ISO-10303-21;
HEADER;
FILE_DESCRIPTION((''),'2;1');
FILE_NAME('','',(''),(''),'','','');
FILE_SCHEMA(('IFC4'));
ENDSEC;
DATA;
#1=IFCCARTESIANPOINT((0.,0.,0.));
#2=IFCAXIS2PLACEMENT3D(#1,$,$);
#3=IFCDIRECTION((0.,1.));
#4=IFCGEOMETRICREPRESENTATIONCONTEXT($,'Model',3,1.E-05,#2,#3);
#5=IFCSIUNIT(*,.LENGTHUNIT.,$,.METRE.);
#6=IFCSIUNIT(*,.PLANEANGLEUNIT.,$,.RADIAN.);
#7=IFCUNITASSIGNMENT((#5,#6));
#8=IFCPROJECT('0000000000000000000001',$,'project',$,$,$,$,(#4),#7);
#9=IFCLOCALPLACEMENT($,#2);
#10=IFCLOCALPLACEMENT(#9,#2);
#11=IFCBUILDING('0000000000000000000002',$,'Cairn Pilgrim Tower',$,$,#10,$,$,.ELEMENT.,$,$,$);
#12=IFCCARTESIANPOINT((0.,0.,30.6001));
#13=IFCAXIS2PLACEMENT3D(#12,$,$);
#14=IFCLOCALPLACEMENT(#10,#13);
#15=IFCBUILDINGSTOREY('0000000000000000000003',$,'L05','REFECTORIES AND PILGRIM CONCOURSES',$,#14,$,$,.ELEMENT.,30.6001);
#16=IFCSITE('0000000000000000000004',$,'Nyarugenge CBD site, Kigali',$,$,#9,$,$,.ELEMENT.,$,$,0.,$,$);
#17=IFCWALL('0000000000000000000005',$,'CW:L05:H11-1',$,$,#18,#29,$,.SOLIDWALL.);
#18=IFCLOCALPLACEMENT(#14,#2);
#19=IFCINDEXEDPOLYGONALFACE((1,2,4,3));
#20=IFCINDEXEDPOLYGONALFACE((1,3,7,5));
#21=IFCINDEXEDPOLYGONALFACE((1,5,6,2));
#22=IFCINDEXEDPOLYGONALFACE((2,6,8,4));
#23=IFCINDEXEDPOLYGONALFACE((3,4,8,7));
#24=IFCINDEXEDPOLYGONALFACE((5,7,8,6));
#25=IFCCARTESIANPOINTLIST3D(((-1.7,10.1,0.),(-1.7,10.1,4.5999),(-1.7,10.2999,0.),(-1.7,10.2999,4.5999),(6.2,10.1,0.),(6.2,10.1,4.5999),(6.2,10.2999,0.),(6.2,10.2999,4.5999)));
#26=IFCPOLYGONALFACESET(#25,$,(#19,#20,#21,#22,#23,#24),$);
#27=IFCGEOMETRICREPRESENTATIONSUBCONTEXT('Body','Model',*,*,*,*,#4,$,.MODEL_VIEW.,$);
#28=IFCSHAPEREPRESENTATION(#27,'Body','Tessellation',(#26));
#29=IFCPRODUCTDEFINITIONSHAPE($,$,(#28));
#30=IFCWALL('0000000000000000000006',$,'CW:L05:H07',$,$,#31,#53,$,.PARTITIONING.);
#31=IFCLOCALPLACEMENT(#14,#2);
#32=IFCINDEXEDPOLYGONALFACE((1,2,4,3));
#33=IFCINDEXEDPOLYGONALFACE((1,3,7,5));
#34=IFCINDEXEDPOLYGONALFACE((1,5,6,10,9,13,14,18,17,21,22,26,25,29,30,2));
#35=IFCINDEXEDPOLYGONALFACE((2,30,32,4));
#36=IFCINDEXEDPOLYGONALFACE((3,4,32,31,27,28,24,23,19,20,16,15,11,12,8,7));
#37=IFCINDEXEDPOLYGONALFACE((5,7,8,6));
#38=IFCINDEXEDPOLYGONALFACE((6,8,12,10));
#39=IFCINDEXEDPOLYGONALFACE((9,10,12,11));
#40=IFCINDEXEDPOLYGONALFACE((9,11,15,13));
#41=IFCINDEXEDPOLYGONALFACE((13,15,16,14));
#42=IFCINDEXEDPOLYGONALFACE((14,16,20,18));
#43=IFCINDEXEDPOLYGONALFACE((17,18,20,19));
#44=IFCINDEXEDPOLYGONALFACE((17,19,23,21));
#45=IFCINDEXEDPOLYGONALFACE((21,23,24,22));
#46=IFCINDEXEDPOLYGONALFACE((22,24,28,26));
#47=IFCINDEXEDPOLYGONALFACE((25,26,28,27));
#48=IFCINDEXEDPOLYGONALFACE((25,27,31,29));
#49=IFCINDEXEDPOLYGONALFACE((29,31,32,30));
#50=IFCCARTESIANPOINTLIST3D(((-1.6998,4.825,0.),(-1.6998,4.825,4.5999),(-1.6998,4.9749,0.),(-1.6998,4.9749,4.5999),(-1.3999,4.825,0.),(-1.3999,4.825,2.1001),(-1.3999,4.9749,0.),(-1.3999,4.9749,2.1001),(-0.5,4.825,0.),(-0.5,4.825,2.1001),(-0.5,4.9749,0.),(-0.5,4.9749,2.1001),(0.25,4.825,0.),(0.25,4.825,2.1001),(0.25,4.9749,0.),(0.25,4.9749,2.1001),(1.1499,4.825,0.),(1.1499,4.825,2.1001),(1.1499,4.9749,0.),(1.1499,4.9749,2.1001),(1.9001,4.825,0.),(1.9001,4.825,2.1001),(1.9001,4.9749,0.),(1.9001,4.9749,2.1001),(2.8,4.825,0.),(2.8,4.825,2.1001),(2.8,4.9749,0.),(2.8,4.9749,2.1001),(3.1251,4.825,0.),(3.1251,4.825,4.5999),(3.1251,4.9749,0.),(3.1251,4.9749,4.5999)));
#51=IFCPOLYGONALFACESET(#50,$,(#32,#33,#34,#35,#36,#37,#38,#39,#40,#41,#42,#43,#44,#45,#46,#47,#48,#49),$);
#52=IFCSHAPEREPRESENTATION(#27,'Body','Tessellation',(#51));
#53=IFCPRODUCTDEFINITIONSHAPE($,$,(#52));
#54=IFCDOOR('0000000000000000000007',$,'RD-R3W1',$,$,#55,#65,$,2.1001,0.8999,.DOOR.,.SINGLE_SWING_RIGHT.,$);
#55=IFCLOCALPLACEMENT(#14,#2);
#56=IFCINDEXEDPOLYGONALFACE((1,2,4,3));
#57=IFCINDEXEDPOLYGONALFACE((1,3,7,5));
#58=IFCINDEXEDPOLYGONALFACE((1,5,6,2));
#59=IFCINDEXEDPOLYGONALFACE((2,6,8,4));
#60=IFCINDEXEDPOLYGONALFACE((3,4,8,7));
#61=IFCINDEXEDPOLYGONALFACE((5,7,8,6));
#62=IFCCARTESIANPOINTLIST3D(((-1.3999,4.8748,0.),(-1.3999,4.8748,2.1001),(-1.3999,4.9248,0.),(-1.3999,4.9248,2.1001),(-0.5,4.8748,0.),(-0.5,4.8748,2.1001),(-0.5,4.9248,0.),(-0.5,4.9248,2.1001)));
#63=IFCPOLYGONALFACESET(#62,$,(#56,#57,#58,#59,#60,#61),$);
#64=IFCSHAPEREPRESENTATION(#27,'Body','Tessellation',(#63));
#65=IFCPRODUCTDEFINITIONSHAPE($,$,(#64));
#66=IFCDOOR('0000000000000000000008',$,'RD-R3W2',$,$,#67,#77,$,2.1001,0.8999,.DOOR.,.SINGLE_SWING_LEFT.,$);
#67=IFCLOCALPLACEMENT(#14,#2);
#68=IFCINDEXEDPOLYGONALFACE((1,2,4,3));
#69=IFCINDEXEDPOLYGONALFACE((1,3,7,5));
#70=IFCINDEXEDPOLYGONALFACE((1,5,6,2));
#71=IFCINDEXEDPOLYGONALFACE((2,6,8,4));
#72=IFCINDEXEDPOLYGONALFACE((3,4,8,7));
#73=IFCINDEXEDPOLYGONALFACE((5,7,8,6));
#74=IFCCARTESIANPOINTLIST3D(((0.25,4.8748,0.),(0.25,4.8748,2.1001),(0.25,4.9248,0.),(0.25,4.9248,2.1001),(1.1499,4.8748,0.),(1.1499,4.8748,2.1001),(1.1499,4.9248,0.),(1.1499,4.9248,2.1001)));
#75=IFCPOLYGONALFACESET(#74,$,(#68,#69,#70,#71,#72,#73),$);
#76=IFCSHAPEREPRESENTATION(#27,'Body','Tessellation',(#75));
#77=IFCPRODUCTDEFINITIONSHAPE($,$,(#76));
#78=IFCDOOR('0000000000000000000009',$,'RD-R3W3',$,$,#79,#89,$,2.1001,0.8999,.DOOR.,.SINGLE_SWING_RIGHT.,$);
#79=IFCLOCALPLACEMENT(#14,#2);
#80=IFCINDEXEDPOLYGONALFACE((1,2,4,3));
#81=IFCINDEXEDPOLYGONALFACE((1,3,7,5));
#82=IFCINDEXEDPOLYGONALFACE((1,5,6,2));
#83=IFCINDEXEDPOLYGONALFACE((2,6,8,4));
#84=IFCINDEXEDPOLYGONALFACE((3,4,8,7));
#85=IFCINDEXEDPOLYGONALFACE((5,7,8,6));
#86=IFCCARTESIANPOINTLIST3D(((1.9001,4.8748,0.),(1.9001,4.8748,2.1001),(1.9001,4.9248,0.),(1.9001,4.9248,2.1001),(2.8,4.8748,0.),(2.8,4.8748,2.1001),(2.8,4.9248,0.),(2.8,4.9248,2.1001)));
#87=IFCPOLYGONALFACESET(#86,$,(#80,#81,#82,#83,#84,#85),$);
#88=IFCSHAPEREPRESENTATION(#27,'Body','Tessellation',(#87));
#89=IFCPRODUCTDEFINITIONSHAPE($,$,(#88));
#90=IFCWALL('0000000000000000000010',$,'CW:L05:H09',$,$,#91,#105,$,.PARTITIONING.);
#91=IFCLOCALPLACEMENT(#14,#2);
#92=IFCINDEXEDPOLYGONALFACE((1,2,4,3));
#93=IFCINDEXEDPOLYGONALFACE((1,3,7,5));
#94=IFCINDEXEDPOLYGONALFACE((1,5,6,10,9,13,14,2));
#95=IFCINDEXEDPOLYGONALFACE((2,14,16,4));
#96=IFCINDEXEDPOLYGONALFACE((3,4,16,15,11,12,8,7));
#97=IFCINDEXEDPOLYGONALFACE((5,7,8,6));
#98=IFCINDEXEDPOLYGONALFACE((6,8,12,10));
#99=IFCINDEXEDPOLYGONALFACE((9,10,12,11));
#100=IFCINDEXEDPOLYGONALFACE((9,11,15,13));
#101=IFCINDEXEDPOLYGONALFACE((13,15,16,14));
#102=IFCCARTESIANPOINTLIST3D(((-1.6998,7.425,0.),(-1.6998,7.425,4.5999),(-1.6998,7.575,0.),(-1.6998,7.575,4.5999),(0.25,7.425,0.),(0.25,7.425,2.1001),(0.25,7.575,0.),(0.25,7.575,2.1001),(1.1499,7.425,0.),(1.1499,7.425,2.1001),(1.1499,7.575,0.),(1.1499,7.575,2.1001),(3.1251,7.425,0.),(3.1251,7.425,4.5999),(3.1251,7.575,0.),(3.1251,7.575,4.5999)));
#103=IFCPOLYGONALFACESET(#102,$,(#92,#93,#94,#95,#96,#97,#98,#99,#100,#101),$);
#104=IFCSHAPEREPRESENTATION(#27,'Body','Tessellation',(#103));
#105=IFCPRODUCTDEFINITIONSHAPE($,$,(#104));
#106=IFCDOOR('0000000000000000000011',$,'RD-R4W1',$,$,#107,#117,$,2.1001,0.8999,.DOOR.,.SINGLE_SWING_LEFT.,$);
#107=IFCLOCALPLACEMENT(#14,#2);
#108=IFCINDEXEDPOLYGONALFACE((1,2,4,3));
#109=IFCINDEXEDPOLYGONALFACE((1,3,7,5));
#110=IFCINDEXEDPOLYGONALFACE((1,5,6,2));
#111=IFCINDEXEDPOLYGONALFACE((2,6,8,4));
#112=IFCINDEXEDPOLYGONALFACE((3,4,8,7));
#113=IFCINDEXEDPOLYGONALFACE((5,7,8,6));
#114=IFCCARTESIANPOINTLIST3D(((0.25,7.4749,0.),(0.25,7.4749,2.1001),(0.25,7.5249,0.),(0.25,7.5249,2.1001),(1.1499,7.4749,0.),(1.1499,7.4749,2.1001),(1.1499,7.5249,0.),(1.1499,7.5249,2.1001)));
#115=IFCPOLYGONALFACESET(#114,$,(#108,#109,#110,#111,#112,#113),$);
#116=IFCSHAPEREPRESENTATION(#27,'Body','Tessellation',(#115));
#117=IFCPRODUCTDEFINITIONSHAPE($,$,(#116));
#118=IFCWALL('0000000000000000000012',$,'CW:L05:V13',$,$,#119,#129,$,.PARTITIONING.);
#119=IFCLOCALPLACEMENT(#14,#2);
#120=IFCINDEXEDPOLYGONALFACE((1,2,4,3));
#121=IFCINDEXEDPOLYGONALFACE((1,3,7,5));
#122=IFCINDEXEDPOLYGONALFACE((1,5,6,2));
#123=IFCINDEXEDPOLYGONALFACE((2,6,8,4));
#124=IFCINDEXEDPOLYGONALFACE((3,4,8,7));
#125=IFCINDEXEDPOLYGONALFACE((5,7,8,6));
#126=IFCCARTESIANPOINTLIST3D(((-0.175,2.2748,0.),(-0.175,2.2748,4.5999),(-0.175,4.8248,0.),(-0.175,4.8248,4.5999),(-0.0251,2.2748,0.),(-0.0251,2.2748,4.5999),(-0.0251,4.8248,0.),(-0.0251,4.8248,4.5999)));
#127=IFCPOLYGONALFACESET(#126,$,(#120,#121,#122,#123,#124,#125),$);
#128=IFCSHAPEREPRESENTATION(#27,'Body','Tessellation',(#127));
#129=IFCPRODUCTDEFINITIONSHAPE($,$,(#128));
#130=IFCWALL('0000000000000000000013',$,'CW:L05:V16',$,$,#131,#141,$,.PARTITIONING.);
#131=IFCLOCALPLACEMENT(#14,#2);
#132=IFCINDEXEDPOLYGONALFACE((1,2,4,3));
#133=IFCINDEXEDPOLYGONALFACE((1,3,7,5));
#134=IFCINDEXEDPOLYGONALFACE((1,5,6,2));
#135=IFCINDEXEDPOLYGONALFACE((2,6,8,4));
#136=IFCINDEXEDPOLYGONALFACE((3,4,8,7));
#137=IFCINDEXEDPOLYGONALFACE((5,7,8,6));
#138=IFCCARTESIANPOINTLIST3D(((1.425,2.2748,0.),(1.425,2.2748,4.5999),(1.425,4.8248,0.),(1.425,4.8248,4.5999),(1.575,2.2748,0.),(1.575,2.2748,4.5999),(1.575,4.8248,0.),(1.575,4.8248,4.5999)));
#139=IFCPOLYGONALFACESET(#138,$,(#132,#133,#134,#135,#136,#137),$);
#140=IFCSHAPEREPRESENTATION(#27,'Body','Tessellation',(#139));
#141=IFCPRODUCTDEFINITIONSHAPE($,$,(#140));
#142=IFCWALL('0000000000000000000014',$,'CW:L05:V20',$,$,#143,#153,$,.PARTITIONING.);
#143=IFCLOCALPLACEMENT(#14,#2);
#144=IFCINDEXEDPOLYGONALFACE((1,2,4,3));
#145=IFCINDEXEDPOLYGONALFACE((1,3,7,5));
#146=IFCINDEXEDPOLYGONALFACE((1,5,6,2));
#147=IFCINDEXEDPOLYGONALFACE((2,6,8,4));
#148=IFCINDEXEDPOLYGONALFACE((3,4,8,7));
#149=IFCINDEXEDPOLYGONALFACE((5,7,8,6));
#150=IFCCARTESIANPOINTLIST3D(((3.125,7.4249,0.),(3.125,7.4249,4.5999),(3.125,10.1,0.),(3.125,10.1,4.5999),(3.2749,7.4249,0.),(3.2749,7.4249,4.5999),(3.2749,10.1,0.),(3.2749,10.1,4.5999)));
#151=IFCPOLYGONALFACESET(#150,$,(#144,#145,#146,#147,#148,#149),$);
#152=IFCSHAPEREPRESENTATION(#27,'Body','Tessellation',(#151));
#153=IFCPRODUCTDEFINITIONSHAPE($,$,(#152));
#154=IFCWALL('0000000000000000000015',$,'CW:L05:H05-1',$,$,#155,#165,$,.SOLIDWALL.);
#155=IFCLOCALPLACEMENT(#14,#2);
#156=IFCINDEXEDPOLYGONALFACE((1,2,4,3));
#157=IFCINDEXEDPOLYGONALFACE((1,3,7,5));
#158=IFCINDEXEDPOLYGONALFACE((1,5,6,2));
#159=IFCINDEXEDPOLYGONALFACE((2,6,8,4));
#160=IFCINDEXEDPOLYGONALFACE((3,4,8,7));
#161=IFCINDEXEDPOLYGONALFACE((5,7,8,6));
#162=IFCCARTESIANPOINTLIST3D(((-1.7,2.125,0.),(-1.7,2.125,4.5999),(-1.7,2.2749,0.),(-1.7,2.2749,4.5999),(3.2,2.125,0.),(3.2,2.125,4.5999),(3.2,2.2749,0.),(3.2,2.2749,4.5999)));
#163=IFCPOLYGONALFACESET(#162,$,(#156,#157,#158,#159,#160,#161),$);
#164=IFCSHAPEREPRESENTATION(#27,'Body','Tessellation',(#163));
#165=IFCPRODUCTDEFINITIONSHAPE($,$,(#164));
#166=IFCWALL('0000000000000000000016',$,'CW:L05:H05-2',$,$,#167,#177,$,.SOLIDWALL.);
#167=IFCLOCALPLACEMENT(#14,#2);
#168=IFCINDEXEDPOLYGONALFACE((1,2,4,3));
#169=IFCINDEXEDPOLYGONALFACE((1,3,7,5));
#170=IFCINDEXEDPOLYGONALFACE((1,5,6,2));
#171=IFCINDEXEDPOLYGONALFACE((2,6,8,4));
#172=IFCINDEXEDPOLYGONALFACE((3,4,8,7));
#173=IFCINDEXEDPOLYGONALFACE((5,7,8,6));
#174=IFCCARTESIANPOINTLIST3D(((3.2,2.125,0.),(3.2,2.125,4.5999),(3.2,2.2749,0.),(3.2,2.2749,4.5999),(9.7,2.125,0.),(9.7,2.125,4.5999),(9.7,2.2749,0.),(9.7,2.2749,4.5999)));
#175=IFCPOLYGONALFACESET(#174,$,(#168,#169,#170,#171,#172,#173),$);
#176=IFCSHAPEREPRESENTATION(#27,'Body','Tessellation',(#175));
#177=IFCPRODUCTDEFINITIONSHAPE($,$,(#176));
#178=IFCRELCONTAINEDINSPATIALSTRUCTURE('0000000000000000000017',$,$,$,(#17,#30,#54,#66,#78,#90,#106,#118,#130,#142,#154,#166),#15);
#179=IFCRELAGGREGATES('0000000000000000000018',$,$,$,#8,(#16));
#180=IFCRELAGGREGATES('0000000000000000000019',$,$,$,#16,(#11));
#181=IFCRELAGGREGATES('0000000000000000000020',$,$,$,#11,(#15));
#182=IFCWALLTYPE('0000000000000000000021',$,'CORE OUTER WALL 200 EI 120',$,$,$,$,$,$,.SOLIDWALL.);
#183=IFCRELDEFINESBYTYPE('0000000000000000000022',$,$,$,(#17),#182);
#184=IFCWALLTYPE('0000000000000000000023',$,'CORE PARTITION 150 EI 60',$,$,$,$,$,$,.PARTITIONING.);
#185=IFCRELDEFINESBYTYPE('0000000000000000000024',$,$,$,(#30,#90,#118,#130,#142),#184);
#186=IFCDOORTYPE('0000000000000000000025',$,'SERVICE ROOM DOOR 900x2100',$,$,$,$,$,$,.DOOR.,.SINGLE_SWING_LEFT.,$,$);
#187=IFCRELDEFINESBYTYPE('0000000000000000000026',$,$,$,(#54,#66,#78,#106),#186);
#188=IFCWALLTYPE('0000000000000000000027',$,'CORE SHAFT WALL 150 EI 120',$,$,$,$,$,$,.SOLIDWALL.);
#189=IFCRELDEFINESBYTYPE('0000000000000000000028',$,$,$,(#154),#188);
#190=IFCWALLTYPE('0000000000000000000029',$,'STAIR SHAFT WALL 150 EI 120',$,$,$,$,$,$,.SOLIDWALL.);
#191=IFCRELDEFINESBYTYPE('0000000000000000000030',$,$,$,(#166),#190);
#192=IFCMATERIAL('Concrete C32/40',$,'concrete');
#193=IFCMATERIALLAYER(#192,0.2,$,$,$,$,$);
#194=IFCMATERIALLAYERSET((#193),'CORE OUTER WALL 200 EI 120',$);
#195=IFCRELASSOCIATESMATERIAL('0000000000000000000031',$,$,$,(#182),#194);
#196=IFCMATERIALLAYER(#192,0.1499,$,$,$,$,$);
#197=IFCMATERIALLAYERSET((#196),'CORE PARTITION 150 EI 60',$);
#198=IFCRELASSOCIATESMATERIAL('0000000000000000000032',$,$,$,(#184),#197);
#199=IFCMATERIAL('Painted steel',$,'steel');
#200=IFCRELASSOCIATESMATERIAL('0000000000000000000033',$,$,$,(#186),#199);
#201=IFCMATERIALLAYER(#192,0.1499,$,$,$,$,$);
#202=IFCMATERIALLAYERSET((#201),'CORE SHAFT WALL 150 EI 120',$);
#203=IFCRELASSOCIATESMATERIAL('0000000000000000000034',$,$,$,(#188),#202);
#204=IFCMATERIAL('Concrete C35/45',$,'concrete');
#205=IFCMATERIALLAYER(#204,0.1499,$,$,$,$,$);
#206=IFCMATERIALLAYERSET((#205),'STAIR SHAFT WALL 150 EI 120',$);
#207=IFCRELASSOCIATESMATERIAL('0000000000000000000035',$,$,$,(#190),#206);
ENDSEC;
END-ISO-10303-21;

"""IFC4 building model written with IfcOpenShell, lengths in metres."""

from ifc_helpers import new_model, si_unit, direction, frame, frame_2d, origin, place, context, subcontext, project, spatial, rectangle, extrude, material, layer, layer_set, type_object, element, fill, save


model = new_model("IFC4")

# Units and contexts
model_context = context("Model", 3, precision=1e-05, world=origin(), true_north=direction((0.0, 1.0)))
body_context = subcontext(model_context, "Body", "Model", "MODEL_VIEW")
ifc_project = project(units=[si_unit("LENGTHUNIT", "METRE"), si_unit("PLANEANGLEUNIT", "RADIAN")], contexts=[model_context])

# Site, building, storey
site_placement = place(None, origin())
site = spatial("IfcSite", under=ifc_project, at=site_placement, Name="Nyarugenge CBD site, Kigali", CompositionType="ELEMENT", RefElevation=0.0)
building_placement = place(site_placement, origin())
building = spatial("IfcBuilding", under=site, at=building_placement, Name="Cairn Pilgrim Tower", CompositionType="ELEMENT")
storey_placement = place(building_placement, frame((0.0, 0.0, 30.6001)))
storey = spatial("IfcBuildingStorey", under=building, at=storey_placement, Name="L05", Description="REFECTORIES AND PILGRIM CONCOURSES", CompositionType="ELEMENT", Elevation=30.6001)

# Wall
ifc_material_1 = material(Name="Concrete C32/40", Category="concrete")
ifc_layer_1 = layer(ifc_material_1, 0.2)
ifc_layer_set_1 = layer_set([ifc_layer_1], Name="CORE OUTER WALL 200 EI 120")
wall_type_1 = type_object("IfcWallType", Name="CORE OUTER WALL 200 EI 120", PredefinedType="SOLIDWALL", material=ifc_layer_set_1)
wall_1_placement = place(storey_placement, frame((-1.7, 10.2, 0.0), z_axis=(0.0, 0.0, 1.0), x_axis=(1.0, 0.0, 0.0)))
element("IfcWall", 1, at=wall_1_placement, inside=storey, type_object=wall_type_1, Name="CW:L05:H11-1", PredefinedType="SOLIDWALL", context=body_context, shape_type="SweptSolid", body=[
    extrude(rectangle(XDim=7.8999, YDim=0.2, at=frame_2d((3.95, 0.0))), origin(), (0.0, 0.0, 1.0), 4.5999),
])

# Wall, openings, doors
ifc_layer_2 = layer(ifc_material_1, 0.1499)
ifc_layer_set_2 = layer_set([ifc_layer_2], Name="CORE PARTITION 150 EI 60")
wall_type_2 = type_object("IfcWallType", Name="CORE PARTITION 150 EI 60", PredefinedType="PARTITIONING", material=ifc_layer_set_2)
wall_2_placement = place(storey_placement, frame((-1.7, 4.8999, 0.0), z_axis=(0.0, 0.0, 1.0), x_axis=(1.0, 0.0, 0.0)))
wall_2 = element("IfcWall", 2, at=wall_2_placement, inside=storey, type_object=wall_type_2, Name="CW:L05:H07", PredefinedType="PARTITIONING", context=body_context, shape_type="SweptSolid", body=[
    extrude(rectangle(XDim=4.825, YDim=0.1499, at=frame_2d((2.4126, 0.0))), origin(), (0.0, 0.0, 1.0), 4.5999),
])
opening_1_placement = place(wall_2_placement, frame((0.3, 0.0, 0.0)))
opening_1 = element("IfcOpeningElement", 3, at=opening_1_placement, cuts=wall_2, PredefinedType="OPENING", context=body_context, shape_type="SweptSolid", body=[
    extrude(rectangle(XDim=0.8999, YDim=2.1001, at=frame_2d((0.45, 1.05))), frame((0.0, 0.085, 0.0), z_axis=(0.0, -1.0, 0.0), x_axis=(1.0, 0.0, 0.0)), (0.0, 0.0, 1.0), 0.1699),
])
opening_2_placement = place(wall_2_placement, frame((1.95, 0.0, 0.0)))
opening_2 = element("IfcOpeningElement", 4, at=opening_2_placement, cuts=wall_2, PredefinedType="OPENING", context=body_context, shape_type="SweptSolid", body=[
    extrude(rectangle(XDim=0.8999, YDim=2.1001, at=frame_2d((0.45, 1.05))), frame((0.0, 0.085, 0.0), z_axis=(0.0, -1.0, 0.0), x_axis=(1.0, 0.0, 0.0)), (0.0, 0.0, 1.0), 0.1699),
])
opening_3_placement = place(wall_2_placement, frame((3.6001, 0.0, 0.0)))
opening_3 = element("IfcOpeningElement", 5, at=opening_3_placement, cuts=wall_2, PredefinedType="OPENING", context=body_context, shape_type="SweptSolid", body=[
    extrude(rectangle(XDim=0.8999, YDim=2.1001, at=frame_2d((0.45, 1.05))), frame((0.0, 0.085, 0.0), z_axis=(0.0, -1.0, 0.0), x_axis=(1.0, 0.0, 0.0)), (0.0, 0.0, 1.0), 0.1699),
])
ifc_material_2 = material(Name="Painted steel", Category="steel")
door_type_1 = type_object("IfcDoorType", Name="SERVICE ROOM DOOR 900x2100", OperationType="SINGLE_SWING_LEFT", PredefinedType="DOOR", material=ifc_material_2)
door_1_placement = place(opening_1_placement, origin())
door_1 = element("IfcDoor", 6, at=door_1_placement, inside=storey, type_object=door_type_1, Name="RD-R3W1", OperationType="SINGLE_SWING_RIGHT", OverallHeight=2.1001, OverallWidth=0.8999, PredefinedType="DOOR", context=body_context, shape_type="SweptSolid", body=[
    extrude(rectangle(XDim=0.8999, YDim=2.1001, at=frame_2d((0.45, 1.05))), frame((0.0, 0.0249, 0.0), z_axis=(0.0, -1.0, 0.0), x_axis=(1.0, 0.0, 0.0)), (0.0, 0.0, 1.0), 0.05),
])
fill(opening_1, door_1)
door_2_placement = place(opening_2_placement, origin())
door_2 = element("IfcDoor", 7, at=door_2_placement, inside=storey, type_object=door_type_1, Name="RD-R3W2", OperationType="SINGLE_SWING_LEFT", OverallHeight=2.1001, OverallWidth=0.8999, PredefinedType="DOOR", context=body_context, shape_type="SweptSolid", body=[
    extrude(rectangle(XDim=0.8999, YDim=2.1001, at=frame_2d((0.45, 1.05))), frame((0.0, 0.0249, 0.0), z_axis=(0.0, -1.0, 0.0), x_axis=(1.0, 0.0, 0.0)), (0.0, 0.0, 1.0), 0.05),
])
fill(opening_2, door_2)
door_3_placement = place(opening_3_placement, origin())
door_3 = element("IfcDoor", 8, at=door_3_placement, inside=storey, type_object=door_type_1, Name="RD-R3W3", OperationType="SINGLE_SWING_RIGHT", OverallHeight=2.1001, OverallWidth=0.8999, PredefinedType="DOOR", context=body_context, shape_type="SweptSolid", body=[
    extrude(rectangle(XDim=0.8999, YDim=2.1001, at=frame_2d((0.45, 1.05))), frame((0.0, 0.0249, 0.0), z_axis=(0.0, -1.0, 0.0), x_axis=(1.0, 0.0, 0.0)), (0.0, 0.0, 1.0), 0.05),
])
fill(opening_3, door_3)

# Wall, opening, door
wall_3_placement = place(storey_placement, frame((-1.7, 7.5, 0.0), z_axis=(0.0, 0.0, 1.0), x_axis=(1.0, 0.0, 0.0)))
wall_3 = element("IfcWall", 9, at=wall_3_placement, inside=storey, type_object=wall_type_2, Name="CW:L05:H09", PredefinedType="PARTITIONING", context=body_context, shape_type="SweptSolid", body=[
    extrude(rectangle(XDim=4.825, YDim=0.1499, at=frame_2d((2.4126, 0.0))), origin(), (0.0, 0.0, 1.0), 4.5999),
])
opening_4_placement = place(wall_3_placement, frame((1.95, 0.0, 0.0)))
opening_4 = element("IfcOpeningElement", 10, at=opening_4_placement, cuts=wall_3, PredefinedType="OPENING", context=body_context, shape_type="SweptSolid", body=[
    extrude(rectangle(XDim=0.8999, YDim=2.1001, at=frame_2d((0.45, 1.05))), frame((0.0, 0.085, 0.0), z_axis=(0.0, -1.0, 0.0), x_axis=(1.0, 0.0, 0.0)), (0.0, 0.0, 1.0), 0.1699),
])
door_4_placement = place(opening_4_placement, origin())
door_4 = element("IfcDoor", 11, at=door_4_placement, inside=storey, type_object=door_type_1, Name="RD-R4W1", OperationType="SINGLE_SWING_LEFT", OverallHeight=2.1001, OverallWidth=0.8999, PredefinedType="DOOR", context=body_context, shape_type="SweptSolid", body=[
    extrude(rectangle(XDim=0.8999, YDim=2.1001, at=frame_2d((0.45, 1.05))), frame((0.0, 0.0249, 0.0), z_axis=(0.0, -1.0, 0.0), x_axis=(1.0, 0.0, 0.0)), (0.0, 0.0, 1.0), 0.05),
])
fill(opening_4, door_4)

# Walls
for number, where, z_axis, x_axis, name in (
    (12, (-0.1001, 2.2749, 0.0), (0.0, 0.0, 1.0), (0.0, 1.0, 0.0), "CW:L05:V13"),
    (13, (1.5, 2.2749, 0.0), (0.0, 0.0, 1.0), (0.0, 1.0, 0.0), "CW:L05:V16"),
):
    element("IfcWall", number, at=place(storey_placement, frame(where, z_axis=z_axis, x_axis=x_axis)), inside=storey, type_object=wall_type_2, Name=name, PredefinedType="PARTITIONING", context=body_context, shape_type="SweptSolid", body=[
        extrude(rectangle(XDim=2.55, YDim=0.1499, at=frame_2d((1.2749, 0.0))), origin(), (0.0, 0.0, 1.0), 4.5999),
    ])
wall_4_placement = place(storey_placement, frame((3.2, 7.425, 0.0), z_axis=(0.0, 0.0, 1.0), x_axis=(0.0, 1.0, 0.0)))
element("IfcWall", 14, at=wall_4_placement, inside=storey, type_object=wall_type_2, Name="CW:L05:V20", PredefinedType="PARTITIONING", context=body_context, shape_type="SweptSolid", body=[
    extrude(rectangle(XDim=2.675, YDim=0.1499, at=frame_2d((1.3374, 0.0))), origin(), (0.0, 0.0, 1.0), 4.5999),
])
ifc_layer_3 = layer(ifc_material_1, 0.1499)
ifc_layer_set_3 = layer_set([ifc_layer_3], Name="CORE SHAFT WALL 150 EI 120")
wall_type_3 = type_object("IfcWallType", Name="CORE SHAFT WALL 150 EI 120", PredefinedType="SOLIDWALL", material=ifc_layer_set_3)
wall_5_placement = place(storey_placement, frame((-1.7, 2.2, 0.0), z_axis=(0.0, 0.0, 1.0), x_axis=(1.0, 0.0, 0.0)))
element("IfcWall", 15, at=wall_5_placement, inside=storey, type_object=wall_type_3, Name="CW:L05:H05-1", PredefinedType="SOLIDWALL", context=body_context, shape_type="SweptSolid", body=[
    extrude(rectangle(XDim=4.8999, YDim=0.1499, at=frame_2d((2.45, 0.0))), origin(), (0.0, 0.0, 1.0), 4.5999),
])
ifc_material_3 = material(Name="Concrete C35/45", Category="concrete")
ifc_layer_4 = layer(ifc_material_3, 0.1499)
ifc_layer_set_4 = layer_set([ifc_layer_4], Name="STAIR SHAFT WALL 150 EI 120")
wall_type_4 = type_object("IfcWallType", Name="STAIR SHAFT WALL 150 EI 120", PredefinedType="SOLIDWALL", material=ifc_layer_set_4)
wall_6_placement = place(storey_placement, frame((3.2, 2.2, 0.0), z_axis=(0.0, 0.0, 1.0), x_axis=(1.0, 0.0, 0.0)))
element("IfcWall", 16, at=wall_6_placement, inside=storey, type_object=wall_type_4, Name="CW:L05:H05-2", PredefinedType="SOLIDWALL", context=body_context, shape_type="SweptSolid", body=[
    extrude(rectangle(XDim=6.5, YDim=0.1499, at=frame_2d((3.25, 0.0))), origin(), (0.0, 0.0, 1.0), 4.5999),
])

save(model, "model.ifc")
